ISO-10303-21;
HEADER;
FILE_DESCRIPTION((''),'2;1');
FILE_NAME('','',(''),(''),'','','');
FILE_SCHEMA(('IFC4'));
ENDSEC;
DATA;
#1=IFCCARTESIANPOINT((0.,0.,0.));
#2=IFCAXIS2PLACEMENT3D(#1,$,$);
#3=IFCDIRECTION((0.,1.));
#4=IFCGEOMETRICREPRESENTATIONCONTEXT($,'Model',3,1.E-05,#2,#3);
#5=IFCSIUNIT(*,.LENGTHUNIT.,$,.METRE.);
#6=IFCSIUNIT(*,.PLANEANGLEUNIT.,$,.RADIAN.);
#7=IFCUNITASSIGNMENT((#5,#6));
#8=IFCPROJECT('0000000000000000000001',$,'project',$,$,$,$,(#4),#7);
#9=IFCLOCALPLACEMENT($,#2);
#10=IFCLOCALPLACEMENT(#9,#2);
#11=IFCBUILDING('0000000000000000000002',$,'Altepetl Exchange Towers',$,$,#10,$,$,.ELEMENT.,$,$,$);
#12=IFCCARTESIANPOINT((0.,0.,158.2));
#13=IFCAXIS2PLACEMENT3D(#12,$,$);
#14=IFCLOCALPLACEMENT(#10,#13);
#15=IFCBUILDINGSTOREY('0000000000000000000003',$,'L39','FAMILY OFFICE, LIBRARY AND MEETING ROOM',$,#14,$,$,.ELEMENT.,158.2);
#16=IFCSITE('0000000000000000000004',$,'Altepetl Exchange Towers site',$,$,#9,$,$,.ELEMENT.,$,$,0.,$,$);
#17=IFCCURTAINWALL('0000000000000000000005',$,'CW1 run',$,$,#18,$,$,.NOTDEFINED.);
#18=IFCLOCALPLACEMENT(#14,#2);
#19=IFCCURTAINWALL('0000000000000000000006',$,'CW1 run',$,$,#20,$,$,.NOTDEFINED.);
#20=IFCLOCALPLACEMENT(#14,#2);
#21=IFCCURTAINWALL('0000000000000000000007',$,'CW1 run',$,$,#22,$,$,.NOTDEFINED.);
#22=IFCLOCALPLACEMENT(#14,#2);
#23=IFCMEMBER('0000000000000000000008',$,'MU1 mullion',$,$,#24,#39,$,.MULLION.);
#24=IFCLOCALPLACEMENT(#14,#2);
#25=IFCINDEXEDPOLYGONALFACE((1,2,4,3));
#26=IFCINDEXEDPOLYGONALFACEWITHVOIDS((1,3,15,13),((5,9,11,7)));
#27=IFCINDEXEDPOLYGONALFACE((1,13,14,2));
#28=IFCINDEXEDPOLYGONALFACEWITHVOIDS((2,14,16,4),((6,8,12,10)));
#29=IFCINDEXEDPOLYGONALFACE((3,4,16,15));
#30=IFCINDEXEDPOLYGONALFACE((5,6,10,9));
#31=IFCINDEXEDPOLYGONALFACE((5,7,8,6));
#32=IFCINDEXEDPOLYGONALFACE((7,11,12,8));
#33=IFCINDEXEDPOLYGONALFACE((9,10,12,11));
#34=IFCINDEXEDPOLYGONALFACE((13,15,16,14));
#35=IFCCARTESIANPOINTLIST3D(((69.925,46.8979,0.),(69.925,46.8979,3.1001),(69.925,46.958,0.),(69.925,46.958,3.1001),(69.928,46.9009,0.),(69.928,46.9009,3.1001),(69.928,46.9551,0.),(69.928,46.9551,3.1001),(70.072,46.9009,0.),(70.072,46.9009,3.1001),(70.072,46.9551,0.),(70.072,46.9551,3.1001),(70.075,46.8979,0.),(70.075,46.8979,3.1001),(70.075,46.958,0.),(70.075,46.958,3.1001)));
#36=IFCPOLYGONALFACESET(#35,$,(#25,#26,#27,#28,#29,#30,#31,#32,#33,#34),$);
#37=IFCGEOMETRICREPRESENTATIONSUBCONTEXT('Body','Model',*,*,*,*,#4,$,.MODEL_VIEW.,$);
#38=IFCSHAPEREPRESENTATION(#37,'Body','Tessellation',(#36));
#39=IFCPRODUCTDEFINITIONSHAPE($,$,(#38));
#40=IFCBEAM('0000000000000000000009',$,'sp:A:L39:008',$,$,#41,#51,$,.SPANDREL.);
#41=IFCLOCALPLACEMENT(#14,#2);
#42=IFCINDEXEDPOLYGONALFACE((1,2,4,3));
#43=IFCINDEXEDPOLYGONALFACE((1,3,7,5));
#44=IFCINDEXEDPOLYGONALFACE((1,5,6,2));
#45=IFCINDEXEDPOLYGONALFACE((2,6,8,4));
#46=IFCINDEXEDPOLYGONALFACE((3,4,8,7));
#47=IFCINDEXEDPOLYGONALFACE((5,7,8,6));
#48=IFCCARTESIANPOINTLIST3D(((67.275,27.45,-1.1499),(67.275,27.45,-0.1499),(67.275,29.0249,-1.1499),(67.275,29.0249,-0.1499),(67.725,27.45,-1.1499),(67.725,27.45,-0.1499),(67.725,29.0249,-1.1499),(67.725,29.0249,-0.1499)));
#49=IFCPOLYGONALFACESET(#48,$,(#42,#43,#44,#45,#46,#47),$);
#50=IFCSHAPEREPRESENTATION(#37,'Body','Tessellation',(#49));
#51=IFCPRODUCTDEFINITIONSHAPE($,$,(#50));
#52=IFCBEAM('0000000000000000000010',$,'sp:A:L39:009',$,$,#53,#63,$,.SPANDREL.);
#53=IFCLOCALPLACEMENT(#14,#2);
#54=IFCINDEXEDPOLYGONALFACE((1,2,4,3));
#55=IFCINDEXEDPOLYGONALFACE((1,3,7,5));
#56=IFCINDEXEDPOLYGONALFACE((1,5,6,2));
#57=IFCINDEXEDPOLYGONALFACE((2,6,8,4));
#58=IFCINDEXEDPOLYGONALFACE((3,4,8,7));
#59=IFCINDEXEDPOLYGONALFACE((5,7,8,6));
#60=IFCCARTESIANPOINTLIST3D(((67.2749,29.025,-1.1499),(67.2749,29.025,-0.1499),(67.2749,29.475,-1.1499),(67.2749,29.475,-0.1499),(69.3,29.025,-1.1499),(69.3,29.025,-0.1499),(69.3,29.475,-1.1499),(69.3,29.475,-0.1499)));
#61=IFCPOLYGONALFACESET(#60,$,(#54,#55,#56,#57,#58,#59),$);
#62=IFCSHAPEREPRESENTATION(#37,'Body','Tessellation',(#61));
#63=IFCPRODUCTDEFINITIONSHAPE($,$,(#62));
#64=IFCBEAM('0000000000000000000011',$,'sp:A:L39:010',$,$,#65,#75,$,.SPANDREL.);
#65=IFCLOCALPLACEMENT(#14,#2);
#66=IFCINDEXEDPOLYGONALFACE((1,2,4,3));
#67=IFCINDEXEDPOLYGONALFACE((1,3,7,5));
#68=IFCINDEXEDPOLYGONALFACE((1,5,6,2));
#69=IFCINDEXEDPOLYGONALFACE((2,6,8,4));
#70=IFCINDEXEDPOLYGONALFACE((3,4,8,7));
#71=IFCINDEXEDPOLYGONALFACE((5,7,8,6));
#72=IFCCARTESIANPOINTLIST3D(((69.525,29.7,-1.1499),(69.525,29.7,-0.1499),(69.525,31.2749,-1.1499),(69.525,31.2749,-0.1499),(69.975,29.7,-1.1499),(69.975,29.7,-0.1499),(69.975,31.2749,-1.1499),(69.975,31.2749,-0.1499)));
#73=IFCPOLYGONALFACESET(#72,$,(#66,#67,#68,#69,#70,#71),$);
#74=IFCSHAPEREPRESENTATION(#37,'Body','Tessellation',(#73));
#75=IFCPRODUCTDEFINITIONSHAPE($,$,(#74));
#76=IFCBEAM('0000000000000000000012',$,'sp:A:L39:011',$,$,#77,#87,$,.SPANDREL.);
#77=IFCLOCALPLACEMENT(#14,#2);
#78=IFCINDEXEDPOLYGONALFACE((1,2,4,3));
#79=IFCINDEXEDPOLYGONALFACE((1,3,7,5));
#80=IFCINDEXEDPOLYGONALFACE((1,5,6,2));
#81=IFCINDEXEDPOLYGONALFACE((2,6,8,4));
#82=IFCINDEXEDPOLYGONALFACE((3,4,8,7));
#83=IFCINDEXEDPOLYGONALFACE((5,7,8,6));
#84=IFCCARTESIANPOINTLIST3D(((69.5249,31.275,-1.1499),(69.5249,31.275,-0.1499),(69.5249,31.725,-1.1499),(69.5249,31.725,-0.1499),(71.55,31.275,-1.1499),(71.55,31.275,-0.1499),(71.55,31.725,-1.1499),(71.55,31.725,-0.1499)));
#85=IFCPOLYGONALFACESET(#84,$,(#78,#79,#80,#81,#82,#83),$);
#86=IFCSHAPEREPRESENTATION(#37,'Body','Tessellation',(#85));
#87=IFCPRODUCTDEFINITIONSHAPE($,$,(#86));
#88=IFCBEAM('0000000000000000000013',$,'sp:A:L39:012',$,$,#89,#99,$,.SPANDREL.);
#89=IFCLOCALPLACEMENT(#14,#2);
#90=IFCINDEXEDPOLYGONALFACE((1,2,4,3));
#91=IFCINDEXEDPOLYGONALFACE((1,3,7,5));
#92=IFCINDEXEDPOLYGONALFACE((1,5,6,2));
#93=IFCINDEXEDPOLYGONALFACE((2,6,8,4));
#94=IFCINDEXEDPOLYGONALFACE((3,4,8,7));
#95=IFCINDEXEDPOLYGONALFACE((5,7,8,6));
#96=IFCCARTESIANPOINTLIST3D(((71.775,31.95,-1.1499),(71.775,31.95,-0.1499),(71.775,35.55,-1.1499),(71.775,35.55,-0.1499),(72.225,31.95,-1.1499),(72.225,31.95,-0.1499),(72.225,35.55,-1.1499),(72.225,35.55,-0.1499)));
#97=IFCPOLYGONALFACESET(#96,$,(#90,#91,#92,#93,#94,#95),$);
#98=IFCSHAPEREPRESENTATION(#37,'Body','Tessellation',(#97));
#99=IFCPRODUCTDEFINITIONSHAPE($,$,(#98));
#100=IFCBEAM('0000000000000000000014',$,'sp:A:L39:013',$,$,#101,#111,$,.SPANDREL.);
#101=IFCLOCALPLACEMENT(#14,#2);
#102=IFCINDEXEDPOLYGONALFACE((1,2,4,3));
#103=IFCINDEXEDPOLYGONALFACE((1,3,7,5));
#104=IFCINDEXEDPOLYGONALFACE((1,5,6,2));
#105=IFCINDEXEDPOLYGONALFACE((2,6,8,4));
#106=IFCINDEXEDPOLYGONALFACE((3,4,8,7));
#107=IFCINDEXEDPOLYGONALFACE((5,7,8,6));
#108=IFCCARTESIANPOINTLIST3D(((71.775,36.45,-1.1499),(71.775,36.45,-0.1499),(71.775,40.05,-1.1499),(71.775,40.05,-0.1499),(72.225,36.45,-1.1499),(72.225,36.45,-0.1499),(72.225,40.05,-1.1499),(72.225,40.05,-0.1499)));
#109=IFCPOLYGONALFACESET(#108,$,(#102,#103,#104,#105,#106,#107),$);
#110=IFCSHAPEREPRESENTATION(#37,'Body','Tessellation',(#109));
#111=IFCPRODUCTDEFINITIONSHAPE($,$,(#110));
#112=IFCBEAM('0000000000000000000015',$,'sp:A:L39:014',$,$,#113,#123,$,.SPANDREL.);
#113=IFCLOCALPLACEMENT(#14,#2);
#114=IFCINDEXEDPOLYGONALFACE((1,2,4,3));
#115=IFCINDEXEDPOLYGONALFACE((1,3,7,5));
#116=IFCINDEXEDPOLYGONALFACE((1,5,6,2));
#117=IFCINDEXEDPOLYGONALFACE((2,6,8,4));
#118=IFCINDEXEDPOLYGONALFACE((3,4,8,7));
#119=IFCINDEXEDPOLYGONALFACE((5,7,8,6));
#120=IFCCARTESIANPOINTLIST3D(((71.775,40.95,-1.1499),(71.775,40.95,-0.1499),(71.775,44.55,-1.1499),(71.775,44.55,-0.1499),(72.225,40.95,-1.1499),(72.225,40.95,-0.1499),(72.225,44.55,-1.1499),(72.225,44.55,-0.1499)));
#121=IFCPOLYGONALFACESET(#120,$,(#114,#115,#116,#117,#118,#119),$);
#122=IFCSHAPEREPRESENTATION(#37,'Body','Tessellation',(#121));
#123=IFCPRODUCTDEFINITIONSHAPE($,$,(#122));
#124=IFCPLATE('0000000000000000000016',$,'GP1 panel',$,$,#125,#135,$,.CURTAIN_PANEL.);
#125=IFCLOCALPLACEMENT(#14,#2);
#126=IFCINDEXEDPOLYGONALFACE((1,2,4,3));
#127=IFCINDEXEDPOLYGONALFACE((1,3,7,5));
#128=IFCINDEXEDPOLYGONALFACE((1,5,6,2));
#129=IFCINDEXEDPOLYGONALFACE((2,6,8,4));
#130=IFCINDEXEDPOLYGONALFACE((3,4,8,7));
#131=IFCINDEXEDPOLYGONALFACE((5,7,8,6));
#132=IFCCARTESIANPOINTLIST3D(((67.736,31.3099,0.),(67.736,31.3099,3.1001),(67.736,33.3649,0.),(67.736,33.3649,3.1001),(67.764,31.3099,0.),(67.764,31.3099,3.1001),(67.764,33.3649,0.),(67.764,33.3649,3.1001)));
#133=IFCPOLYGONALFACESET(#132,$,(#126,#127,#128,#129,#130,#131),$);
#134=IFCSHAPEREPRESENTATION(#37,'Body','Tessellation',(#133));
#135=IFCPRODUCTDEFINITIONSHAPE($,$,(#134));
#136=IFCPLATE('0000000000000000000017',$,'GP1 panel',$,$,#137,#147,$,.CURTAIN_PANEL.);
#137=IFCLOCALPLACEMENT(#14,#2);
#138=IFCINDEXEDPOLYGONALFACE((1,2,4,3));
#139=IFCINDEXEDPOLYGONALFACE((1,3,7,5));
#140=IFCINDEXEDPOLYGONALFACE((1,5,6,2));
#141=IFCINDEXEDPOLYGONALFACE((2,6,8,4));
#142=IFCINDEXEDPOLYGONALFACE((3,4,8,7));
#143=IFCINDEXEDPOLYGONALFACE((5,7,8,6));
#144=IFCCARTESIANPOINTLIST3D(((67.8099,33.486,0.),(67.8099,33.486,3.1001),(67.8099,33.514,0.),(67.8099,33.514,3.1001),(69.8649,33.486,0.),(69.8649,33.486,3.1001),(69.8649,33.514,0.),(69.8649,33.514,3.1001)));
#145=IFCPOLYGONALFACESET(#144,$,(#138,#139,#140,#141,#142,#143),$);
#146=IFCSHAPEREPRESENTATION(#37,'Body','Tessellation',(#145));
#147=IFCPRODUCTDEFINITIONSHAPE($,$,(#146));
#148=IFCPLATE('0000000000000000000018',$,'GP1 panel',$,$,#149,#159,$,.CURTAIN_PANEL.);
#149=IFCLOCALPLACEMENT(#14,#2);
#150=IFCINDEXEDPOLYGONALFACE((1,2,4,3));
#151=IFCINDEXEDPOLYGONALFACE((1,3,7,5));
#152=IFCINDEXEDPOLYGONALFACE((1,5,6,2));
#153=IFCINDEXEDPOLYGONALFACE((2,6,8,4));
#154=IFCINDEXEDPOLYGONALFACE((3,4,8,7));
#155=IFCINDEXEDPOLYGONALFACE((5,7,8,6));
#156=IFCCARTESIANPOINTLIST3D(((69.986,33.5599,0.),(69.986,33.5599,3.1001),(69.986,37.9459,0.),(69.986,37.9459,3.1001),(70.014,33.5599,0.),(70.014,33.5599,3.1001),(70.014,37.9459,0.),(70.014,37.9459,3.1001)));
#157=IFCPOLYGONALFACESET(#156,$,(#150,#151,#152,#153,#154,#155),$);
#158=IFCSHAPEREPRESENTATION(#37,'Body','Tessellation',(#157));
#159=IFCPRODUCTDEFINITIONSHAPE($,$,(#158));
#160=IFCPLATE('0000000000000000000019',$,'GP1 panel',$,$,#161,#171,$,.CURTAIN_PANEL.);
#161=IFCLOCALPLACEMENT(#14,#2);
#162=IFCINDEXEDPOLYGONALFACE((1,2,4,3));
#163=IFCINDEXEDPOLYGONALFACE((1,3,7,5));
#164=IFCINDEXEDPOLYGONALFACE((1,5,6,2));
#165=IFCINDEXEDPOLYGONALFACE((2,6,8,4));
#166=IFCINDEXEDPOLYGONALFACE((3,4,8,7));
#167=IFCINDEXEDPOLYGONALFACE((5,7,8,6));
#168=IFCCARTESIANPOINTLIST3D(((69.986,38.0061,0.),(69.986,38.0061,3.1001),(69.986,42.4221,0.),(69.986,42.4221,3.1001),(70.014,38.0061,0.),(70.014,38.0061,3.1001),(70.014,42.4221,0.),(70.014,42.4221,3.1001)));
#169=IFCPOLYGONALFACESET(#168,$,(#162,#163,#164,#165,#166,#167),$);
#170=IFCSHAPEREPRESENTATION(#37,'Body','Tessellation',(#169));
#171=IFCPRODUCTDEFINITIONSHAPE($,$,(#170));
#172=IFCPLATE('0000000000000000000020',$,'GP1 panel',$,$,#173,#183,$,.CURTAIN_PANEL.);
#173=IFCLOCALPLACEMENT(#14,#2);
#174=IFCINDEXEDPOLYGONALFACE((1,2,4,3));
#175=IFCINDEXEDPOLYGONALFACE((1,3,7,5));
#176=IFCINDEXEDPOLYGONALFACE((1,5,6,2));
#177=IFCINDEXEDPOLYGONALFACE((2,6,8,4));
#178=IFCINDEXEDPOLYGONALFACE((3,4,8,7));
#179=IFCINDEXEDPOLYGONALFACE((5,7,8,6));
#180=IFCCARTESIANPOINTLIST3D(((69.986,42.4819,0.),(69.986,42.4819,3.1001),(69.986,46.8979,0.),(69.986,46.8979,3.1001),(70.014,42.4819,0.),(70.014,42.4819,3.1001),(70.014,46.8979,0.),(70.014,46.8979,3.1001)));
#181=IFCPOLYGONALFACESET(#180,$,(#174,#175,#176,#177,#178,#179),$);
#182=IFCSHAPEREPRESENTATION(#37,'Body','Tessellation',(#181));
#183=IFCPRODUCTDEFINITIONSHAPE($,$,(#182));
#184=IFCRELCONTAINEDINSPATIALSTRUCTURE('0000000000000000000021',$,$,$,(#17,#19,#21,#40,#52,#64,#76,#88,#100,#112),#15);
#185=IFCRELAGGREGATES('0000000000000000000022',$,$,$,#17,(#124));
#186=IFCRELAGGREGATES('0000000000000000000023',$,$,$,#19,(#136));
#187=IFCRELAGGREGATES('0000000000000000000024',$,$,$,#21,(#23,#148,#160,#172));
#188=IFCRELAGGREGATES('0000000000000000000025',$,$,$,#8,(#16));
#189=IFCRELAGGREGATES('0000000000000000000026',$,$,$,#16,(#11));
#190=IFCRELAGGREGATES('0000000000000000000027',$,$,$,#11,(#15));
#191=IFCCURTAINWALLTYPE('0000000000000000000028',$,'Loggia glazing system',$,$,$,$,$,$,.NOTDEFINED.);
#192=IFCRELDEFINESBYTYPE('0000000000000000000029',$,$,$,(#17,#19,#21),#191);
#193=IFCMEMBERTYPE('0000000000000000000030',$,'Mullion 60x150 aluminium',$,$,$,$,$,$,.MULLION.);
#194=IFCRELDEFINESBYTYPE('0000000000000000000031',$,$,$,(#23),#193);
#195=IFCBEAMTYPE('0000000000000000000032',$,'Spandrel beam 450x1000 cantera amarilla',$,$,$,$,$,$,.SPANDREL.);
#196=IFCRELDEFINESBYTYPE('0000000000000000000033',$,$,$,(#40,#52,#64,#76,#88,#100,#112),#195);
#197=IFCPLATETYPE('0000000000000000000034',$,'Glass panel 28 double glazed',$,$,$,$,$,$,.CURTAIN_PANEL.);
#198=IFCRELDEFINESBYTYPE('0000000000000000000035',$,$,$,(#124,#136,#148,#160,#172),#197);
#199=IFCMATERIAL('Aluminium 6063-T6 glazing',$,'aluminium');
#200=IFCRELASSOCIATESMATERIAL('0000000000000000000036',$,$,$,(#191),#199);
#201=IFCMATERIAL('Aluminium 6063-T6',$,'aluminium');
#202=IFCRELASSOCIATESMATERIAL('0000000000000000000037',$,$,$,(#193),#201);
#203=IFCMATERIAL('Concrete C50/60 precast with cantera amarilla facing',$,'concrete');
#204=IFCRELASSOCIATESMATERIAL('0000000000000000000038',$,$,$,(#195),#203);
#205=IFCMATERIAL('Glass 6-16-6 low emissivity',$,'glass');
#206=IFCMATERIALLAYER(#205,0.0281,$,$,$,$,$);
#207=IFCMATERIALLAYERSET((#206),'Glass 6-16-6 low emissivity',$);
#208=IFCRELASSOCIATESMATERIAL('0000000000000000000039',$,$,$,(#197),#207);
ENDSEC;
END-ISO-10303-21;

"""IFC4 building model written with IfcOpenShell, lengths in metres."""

from ifc_helpers import new_model, si_unit, direction, frame, origin, origin_2d, place, context, subcontext, project, spatial, rectangle, hollow_rectangle, extrude, material, layer, layer_set, material_profile, profile_set, type_object, element, aggregate, save


model = new_model("IFC4")

# Units and contexts
model_context = context("Model", 3, precision=1e-05, world=origin(), true_north=direction((0.0, 1.0)))
body_context = subcontext(model_context, "Body", "Model", "MODEL_VIEW")
ifc_project = project(units=[si_unit("LENGTHUNIT", "METRE"), si_unit("PLANEANGLEUNIT", "RADIAN")], contexts=[model_context])

# Site, building, storey
site_placement = place(None, origin())
site = spatial("IfcSite", under=ifc_project, at=site_placement, Name="Altepetl Exchange Towers site", CompositionType="ELEMENT", RefElevation=0.0)
building_placement = place(site_placement, origin())
building = spatial("IfcBuilding", under=site, at=building_placement, Name="Altepetl Exchange Towers", CompositionType="ELEMENT")
storey_placement = place(building_placement, frame((0.0, 0.0, 158.2)))
storey = spatial("IfcBuildingStorey", under=building, at=storey_placement, Name="L39", Description="FAMILY OFFICE, LIBRARY AND MEETING ROOM", CompositionType="ELEMENT", Elevation=158.2)

# Shared definitions
ifc_material_1 = material(Name="Aluminium 6063-T6 glazing", Category="aluminium")
curtain_wall_type = type_object("IfcCurtainWallType", Name="Loggia glazing system", PredefinedType="NOTDEFINED", material=ifc_material_1)
ifc_material_2 = material(Name="Aluminium 6063-T6", Category="aluminium")
ifc_material_profile_1 = material_profile(ifc_material_2, hollow_rectangle(XDim=0.0601, YDim=0.1499, WallThickness=0.0029, at=origin_2d()), Name="Mullion 60x150 aluminium")
ifc_profile_set_1 = profile_set([ifc_material_profile_1], Name="Aluminium 6063-T6")
member_type = type_object("IfcMemberType", Name="Mullion 60x150 aluminium", PredefinedType="MULLION", material=ifc_profile_set_1)

# Curtain walls, member
curtain_wall_1_placement = place(storey_placement, origin())
curtain_wall_1 = element("IfcCurtainWall", 1, at=curtain_wall_1_placement, inside=storey, type_object=curtain_wall_type, Name="CW1 run", PredefinedType="NOTDEFINED")
curtain_wall_2_placement = place(storey_placement, origin())
curtain_wall_2 = element("IfcCurtainWall", 2, at=curtain_wall_2_placement, inside=storey, type_object=curtain_wall_type, Name="CW1 run", PredefinedType="NOTDEFINED")
curtain_wall_3_placement = place(storey_placement, origin())
curtain_wall_3 = element("IfcCurtainWall", 3, at=curtain_wall_3_placement, inside=storey, type_object=curtain_wall_type, Name="CW1 run", PredefinedType="NOTDEFINED")
member_1_placement = place(storey_placement, frame((70.0, 46.928, 0.0), z_axis=(0.0, 0.0, 1.0), x_axis=(0.0, 1.0, 0.0)))
member_1 = element("IfcMember", 4, at=member_1_placement, type_object=member_type, Name="MU1 mullion", PredefinedType="MULLION", context=body_context, shape_type="SweptSolid", body=[
    extrude(hollow_rectangle(XDim=0.0601, YDim=0.1499, WallThickness=0.0029, at=origin_2d()), origin(), (0.0, 0.0, 1.0), 3.1001),
])

# Beams
ifc_material_3 = material(Name="Concrete C50/60 precast with cantera amarilla facing", Category="concrete")
ifc_material_profile_2 = material_profile(ifc_material_3, rectangle(XDim=0.45, YDim=1.0, at=origin_2d()), Name="450 x 1000")
ifc_profile_set_2 = profile_set([ifc_material_profile_2], Name="Concrete C50/60 precast with cantera amarilla facing")
beam_type = type_object("IfcBeamType", Name="Spandrel beam 450x1000 cantera amarilla", PredefinedType="SPANDREL", material=ifc_profile_set_2)
beam_1_placement = place(storey_placement, frame((67.5, 27.45, -0.6499), z_axis=(0.0, 1.0, 0.0), x_axis=(-1.0, 0.0, 0.0)))
element("IfcBeam", 5, at=beam_1_placement, inside=storey, type_object=beam_type, Name="sp:A:L39:008", PredefinedType="SPANDREL", context=body_context, shape_type="SweptSolid", body=[
    extrude(rectangle(XDim=0.45, YDim=1.0, at=origin_2d()), origin(), (0.0, 0.0, 1.0), 1.575),
])
beam_2_placement = place(storey_placement, frame((67.2749, 29.25, -0.6499), z_axis=(1.0, 0.0, 0.0), x_axis=(0.0, 1.0, 0.0)))
element("IfcBeam", 6, at=beam_2_placement, inside=storey, type_object=beam_type, Name="sp:A:L39:009", PredefinedType="SPANDREL", context=body_context, shape_type="SweptSolid", body=[
    extrude(rectangle(XDim=0.45, YDim=1.0, at=origin_2d()), origin(), (0.0, 0.0, 1.0), 2.0251),
])
beam_3_placement = place(storey_placement, frame((69.75, 29.7, -0.6499), z_axis=(0.0, 1.0, 0.0), x_axis=(-1.0, 0.0, 0.0)))
element("IfcBeam", 7, at=beam_3_placement, inside=storey, type_object=beam_type, Name="sp:A:L39:010", PredefinedType="SPANDREL", context=body_context, shape_type="SweptSolid", body=[
    extrude(rectangle(XDim=0.45, YDim=1.0, at=origin_2d()), origin(), (0.0, 0.0, 1.0), 1.575),
])
beam_4_placement = place(storey_placement, frame((69.5249, 31.5, -0.6499), z_axis=(1.0, 0.0, 0.0), x_axis=(0.0, 1.0, 0.0)))
element("IfcBeam", 8, at=beam_4_placement, inside=storey, type_object=beam_type, Name="sp:A:L39:011", PredefinedType="SPANDREL", context=body_context, shape_type="SweptSolid", body=[
    extrude(rectangle(XDim=0.45, YDim=1.0, at=origin_2d()), origin(), (0.0, 0.0, 1.0), 2.0251),
])
for number, where, z_axis, x_axis, name in (
    (9, (72.0, 31.95, -0.6499), (0.0, 1.0, 0.0), (-1.0, 0.0, 0.0), "sp:A:L39:012"),
    (10, (72.0, 36.45, -0.6499), (0.0, 1.0, 0.0), (-1.0, 0.0, 0.0), "sp:A:L39:013"),
    (11, (72.0, 40.95, -0.6499), (0.0, 1.0, 0.0), (-1.0, 0.0, 0.0), "sp:A:L39:014"),
):
    element("IfcBeam", number, at=place(storey_placement, frame(where, z_axis=z_axis, x_axis=x_axis)), inside=storey, type_object=beam_type, Name=name, PredefinedType="SPANDREL", context=body_context, shape_type="SweptSolid", body=[
        extrude(rectangle(XDim=0.45, YDim=1.0, at=origin_2d()), origin(), (0.0, 0.0, 1.0), 3.6001),
    ])

# Plates
ifc_material_4 = material(Name="Glass 6-16-6 low emissivity", Category="glass")
ifc_layer = layer(ifc_material_4, 0.0281)
ifc_layer_set = layer_set([ifc_layer], Name="Glass 6-16-6 low emissivity")
plate_type = type_object("IfcPlateType", Name="Glass panel 28 double glazed", PredefinedType="CURTAIN_PANEL", material=ifc_layer_set)
plate_1_placement = place(storey_placement, frame((67.75, 32.3374, 0.0), z_axis=(0.0, 0.0, 1.0), x_axis=(0.0, 1.0, 0.0)))
plate_1 = element("IfcPlate", 12, at=plate_1_placement, type_object=plate_type, Name="GP1 panel", PredefinedType="CURTAIN_PANEL", context=body_context, shape_type="SweptSolid", body=[
    extrude(rectangle(XDim=2.0549, YDim=0.0281, at=origin_2d()), origin(), (0.0, 0.0, 1.0), 3.1001),
])
aggregate(curtain_wall_1, [plate_1])
plate_2_placement = place(storey_placement, frame((68.8374, 33.5, 0.0)))
plate_2 = element("IfcPlate", 13, at=plate_2_placement, type_object=plate_type, Name="GP1 panel", PredefinedType="CURTAIN_PANEL", context=body_context, shape_type="SweptSolid", body=[
    extrude(rectangle(XDim=2.0549, YDim=0.0281, at=origin_2d()), origin(), (0.0, 0.0, 1.0), 3.1001),
])
aggregate(curtain_wall_2, [plate_2])
plate_3_placement = place(storey_placement, frame((70.0, 35.7529, 0.0), z_axis=(0.0, 0.0, 1.0), x_axis=(0.0, 1.0, 0.0)))
plate_3 = element("IfcPlate", 14, at=plate_3_placement, type_object=plate_type, Name="GP1 panel", PredefinedType="CURTAIN_PANEL", context=body_context, shape_type="SweptSolid", body=[
    extrude(rectangle(XDim=4.386, YDim=0.0281, at=origin_2d()), origin(), (0.0, 0.0, 1.0), 3.1001),
])
plate_4_placement = place(storey_placement, frame((70.0, 40.2141, 0.0), z_axis=(0.0, 0.0, 1.0), x_axis=(0.0, 1.0, 0.0)))
plate_4 = element("IfcPlate", 15, at=plate_4_placement, type_object=plate_type, Name="GP1 panel", PredefinedType="CURTAIN_PANEL", context=body_context, shape_type="SweptSolid", body=[
    extrude(rectangle(XDim=4.416, YDim=0.0281, at=origin_2d()), origin(), (0.0, 0.0, 1.0), 3.1001),
])
plate_5_placement = place(storey_placement, frame((70.0, 44.6899, 0.0), z_axis=(0.0, 0.0, 1.0), x_axis=(0.0, 1.0, 0.0)))
plate_5 = element("IfcPlate", 16, at=plate_5_placement, type_object=plate_type, Name="GP1 panel", PredefinedType="CURTAIN_PANEL", context=body_context, shape_type="SweptSolid", body=[
    extrude(rectangle(XDim=4.416, YDim=0.0281, at=origin_2d()), origin(), (0.0, 0.0, 1.0), 3.1001),
])
aggregate(curtain_wall_3, [member_1, plate_3, plate_4, plate_5])

save(model, "model.ifc")
